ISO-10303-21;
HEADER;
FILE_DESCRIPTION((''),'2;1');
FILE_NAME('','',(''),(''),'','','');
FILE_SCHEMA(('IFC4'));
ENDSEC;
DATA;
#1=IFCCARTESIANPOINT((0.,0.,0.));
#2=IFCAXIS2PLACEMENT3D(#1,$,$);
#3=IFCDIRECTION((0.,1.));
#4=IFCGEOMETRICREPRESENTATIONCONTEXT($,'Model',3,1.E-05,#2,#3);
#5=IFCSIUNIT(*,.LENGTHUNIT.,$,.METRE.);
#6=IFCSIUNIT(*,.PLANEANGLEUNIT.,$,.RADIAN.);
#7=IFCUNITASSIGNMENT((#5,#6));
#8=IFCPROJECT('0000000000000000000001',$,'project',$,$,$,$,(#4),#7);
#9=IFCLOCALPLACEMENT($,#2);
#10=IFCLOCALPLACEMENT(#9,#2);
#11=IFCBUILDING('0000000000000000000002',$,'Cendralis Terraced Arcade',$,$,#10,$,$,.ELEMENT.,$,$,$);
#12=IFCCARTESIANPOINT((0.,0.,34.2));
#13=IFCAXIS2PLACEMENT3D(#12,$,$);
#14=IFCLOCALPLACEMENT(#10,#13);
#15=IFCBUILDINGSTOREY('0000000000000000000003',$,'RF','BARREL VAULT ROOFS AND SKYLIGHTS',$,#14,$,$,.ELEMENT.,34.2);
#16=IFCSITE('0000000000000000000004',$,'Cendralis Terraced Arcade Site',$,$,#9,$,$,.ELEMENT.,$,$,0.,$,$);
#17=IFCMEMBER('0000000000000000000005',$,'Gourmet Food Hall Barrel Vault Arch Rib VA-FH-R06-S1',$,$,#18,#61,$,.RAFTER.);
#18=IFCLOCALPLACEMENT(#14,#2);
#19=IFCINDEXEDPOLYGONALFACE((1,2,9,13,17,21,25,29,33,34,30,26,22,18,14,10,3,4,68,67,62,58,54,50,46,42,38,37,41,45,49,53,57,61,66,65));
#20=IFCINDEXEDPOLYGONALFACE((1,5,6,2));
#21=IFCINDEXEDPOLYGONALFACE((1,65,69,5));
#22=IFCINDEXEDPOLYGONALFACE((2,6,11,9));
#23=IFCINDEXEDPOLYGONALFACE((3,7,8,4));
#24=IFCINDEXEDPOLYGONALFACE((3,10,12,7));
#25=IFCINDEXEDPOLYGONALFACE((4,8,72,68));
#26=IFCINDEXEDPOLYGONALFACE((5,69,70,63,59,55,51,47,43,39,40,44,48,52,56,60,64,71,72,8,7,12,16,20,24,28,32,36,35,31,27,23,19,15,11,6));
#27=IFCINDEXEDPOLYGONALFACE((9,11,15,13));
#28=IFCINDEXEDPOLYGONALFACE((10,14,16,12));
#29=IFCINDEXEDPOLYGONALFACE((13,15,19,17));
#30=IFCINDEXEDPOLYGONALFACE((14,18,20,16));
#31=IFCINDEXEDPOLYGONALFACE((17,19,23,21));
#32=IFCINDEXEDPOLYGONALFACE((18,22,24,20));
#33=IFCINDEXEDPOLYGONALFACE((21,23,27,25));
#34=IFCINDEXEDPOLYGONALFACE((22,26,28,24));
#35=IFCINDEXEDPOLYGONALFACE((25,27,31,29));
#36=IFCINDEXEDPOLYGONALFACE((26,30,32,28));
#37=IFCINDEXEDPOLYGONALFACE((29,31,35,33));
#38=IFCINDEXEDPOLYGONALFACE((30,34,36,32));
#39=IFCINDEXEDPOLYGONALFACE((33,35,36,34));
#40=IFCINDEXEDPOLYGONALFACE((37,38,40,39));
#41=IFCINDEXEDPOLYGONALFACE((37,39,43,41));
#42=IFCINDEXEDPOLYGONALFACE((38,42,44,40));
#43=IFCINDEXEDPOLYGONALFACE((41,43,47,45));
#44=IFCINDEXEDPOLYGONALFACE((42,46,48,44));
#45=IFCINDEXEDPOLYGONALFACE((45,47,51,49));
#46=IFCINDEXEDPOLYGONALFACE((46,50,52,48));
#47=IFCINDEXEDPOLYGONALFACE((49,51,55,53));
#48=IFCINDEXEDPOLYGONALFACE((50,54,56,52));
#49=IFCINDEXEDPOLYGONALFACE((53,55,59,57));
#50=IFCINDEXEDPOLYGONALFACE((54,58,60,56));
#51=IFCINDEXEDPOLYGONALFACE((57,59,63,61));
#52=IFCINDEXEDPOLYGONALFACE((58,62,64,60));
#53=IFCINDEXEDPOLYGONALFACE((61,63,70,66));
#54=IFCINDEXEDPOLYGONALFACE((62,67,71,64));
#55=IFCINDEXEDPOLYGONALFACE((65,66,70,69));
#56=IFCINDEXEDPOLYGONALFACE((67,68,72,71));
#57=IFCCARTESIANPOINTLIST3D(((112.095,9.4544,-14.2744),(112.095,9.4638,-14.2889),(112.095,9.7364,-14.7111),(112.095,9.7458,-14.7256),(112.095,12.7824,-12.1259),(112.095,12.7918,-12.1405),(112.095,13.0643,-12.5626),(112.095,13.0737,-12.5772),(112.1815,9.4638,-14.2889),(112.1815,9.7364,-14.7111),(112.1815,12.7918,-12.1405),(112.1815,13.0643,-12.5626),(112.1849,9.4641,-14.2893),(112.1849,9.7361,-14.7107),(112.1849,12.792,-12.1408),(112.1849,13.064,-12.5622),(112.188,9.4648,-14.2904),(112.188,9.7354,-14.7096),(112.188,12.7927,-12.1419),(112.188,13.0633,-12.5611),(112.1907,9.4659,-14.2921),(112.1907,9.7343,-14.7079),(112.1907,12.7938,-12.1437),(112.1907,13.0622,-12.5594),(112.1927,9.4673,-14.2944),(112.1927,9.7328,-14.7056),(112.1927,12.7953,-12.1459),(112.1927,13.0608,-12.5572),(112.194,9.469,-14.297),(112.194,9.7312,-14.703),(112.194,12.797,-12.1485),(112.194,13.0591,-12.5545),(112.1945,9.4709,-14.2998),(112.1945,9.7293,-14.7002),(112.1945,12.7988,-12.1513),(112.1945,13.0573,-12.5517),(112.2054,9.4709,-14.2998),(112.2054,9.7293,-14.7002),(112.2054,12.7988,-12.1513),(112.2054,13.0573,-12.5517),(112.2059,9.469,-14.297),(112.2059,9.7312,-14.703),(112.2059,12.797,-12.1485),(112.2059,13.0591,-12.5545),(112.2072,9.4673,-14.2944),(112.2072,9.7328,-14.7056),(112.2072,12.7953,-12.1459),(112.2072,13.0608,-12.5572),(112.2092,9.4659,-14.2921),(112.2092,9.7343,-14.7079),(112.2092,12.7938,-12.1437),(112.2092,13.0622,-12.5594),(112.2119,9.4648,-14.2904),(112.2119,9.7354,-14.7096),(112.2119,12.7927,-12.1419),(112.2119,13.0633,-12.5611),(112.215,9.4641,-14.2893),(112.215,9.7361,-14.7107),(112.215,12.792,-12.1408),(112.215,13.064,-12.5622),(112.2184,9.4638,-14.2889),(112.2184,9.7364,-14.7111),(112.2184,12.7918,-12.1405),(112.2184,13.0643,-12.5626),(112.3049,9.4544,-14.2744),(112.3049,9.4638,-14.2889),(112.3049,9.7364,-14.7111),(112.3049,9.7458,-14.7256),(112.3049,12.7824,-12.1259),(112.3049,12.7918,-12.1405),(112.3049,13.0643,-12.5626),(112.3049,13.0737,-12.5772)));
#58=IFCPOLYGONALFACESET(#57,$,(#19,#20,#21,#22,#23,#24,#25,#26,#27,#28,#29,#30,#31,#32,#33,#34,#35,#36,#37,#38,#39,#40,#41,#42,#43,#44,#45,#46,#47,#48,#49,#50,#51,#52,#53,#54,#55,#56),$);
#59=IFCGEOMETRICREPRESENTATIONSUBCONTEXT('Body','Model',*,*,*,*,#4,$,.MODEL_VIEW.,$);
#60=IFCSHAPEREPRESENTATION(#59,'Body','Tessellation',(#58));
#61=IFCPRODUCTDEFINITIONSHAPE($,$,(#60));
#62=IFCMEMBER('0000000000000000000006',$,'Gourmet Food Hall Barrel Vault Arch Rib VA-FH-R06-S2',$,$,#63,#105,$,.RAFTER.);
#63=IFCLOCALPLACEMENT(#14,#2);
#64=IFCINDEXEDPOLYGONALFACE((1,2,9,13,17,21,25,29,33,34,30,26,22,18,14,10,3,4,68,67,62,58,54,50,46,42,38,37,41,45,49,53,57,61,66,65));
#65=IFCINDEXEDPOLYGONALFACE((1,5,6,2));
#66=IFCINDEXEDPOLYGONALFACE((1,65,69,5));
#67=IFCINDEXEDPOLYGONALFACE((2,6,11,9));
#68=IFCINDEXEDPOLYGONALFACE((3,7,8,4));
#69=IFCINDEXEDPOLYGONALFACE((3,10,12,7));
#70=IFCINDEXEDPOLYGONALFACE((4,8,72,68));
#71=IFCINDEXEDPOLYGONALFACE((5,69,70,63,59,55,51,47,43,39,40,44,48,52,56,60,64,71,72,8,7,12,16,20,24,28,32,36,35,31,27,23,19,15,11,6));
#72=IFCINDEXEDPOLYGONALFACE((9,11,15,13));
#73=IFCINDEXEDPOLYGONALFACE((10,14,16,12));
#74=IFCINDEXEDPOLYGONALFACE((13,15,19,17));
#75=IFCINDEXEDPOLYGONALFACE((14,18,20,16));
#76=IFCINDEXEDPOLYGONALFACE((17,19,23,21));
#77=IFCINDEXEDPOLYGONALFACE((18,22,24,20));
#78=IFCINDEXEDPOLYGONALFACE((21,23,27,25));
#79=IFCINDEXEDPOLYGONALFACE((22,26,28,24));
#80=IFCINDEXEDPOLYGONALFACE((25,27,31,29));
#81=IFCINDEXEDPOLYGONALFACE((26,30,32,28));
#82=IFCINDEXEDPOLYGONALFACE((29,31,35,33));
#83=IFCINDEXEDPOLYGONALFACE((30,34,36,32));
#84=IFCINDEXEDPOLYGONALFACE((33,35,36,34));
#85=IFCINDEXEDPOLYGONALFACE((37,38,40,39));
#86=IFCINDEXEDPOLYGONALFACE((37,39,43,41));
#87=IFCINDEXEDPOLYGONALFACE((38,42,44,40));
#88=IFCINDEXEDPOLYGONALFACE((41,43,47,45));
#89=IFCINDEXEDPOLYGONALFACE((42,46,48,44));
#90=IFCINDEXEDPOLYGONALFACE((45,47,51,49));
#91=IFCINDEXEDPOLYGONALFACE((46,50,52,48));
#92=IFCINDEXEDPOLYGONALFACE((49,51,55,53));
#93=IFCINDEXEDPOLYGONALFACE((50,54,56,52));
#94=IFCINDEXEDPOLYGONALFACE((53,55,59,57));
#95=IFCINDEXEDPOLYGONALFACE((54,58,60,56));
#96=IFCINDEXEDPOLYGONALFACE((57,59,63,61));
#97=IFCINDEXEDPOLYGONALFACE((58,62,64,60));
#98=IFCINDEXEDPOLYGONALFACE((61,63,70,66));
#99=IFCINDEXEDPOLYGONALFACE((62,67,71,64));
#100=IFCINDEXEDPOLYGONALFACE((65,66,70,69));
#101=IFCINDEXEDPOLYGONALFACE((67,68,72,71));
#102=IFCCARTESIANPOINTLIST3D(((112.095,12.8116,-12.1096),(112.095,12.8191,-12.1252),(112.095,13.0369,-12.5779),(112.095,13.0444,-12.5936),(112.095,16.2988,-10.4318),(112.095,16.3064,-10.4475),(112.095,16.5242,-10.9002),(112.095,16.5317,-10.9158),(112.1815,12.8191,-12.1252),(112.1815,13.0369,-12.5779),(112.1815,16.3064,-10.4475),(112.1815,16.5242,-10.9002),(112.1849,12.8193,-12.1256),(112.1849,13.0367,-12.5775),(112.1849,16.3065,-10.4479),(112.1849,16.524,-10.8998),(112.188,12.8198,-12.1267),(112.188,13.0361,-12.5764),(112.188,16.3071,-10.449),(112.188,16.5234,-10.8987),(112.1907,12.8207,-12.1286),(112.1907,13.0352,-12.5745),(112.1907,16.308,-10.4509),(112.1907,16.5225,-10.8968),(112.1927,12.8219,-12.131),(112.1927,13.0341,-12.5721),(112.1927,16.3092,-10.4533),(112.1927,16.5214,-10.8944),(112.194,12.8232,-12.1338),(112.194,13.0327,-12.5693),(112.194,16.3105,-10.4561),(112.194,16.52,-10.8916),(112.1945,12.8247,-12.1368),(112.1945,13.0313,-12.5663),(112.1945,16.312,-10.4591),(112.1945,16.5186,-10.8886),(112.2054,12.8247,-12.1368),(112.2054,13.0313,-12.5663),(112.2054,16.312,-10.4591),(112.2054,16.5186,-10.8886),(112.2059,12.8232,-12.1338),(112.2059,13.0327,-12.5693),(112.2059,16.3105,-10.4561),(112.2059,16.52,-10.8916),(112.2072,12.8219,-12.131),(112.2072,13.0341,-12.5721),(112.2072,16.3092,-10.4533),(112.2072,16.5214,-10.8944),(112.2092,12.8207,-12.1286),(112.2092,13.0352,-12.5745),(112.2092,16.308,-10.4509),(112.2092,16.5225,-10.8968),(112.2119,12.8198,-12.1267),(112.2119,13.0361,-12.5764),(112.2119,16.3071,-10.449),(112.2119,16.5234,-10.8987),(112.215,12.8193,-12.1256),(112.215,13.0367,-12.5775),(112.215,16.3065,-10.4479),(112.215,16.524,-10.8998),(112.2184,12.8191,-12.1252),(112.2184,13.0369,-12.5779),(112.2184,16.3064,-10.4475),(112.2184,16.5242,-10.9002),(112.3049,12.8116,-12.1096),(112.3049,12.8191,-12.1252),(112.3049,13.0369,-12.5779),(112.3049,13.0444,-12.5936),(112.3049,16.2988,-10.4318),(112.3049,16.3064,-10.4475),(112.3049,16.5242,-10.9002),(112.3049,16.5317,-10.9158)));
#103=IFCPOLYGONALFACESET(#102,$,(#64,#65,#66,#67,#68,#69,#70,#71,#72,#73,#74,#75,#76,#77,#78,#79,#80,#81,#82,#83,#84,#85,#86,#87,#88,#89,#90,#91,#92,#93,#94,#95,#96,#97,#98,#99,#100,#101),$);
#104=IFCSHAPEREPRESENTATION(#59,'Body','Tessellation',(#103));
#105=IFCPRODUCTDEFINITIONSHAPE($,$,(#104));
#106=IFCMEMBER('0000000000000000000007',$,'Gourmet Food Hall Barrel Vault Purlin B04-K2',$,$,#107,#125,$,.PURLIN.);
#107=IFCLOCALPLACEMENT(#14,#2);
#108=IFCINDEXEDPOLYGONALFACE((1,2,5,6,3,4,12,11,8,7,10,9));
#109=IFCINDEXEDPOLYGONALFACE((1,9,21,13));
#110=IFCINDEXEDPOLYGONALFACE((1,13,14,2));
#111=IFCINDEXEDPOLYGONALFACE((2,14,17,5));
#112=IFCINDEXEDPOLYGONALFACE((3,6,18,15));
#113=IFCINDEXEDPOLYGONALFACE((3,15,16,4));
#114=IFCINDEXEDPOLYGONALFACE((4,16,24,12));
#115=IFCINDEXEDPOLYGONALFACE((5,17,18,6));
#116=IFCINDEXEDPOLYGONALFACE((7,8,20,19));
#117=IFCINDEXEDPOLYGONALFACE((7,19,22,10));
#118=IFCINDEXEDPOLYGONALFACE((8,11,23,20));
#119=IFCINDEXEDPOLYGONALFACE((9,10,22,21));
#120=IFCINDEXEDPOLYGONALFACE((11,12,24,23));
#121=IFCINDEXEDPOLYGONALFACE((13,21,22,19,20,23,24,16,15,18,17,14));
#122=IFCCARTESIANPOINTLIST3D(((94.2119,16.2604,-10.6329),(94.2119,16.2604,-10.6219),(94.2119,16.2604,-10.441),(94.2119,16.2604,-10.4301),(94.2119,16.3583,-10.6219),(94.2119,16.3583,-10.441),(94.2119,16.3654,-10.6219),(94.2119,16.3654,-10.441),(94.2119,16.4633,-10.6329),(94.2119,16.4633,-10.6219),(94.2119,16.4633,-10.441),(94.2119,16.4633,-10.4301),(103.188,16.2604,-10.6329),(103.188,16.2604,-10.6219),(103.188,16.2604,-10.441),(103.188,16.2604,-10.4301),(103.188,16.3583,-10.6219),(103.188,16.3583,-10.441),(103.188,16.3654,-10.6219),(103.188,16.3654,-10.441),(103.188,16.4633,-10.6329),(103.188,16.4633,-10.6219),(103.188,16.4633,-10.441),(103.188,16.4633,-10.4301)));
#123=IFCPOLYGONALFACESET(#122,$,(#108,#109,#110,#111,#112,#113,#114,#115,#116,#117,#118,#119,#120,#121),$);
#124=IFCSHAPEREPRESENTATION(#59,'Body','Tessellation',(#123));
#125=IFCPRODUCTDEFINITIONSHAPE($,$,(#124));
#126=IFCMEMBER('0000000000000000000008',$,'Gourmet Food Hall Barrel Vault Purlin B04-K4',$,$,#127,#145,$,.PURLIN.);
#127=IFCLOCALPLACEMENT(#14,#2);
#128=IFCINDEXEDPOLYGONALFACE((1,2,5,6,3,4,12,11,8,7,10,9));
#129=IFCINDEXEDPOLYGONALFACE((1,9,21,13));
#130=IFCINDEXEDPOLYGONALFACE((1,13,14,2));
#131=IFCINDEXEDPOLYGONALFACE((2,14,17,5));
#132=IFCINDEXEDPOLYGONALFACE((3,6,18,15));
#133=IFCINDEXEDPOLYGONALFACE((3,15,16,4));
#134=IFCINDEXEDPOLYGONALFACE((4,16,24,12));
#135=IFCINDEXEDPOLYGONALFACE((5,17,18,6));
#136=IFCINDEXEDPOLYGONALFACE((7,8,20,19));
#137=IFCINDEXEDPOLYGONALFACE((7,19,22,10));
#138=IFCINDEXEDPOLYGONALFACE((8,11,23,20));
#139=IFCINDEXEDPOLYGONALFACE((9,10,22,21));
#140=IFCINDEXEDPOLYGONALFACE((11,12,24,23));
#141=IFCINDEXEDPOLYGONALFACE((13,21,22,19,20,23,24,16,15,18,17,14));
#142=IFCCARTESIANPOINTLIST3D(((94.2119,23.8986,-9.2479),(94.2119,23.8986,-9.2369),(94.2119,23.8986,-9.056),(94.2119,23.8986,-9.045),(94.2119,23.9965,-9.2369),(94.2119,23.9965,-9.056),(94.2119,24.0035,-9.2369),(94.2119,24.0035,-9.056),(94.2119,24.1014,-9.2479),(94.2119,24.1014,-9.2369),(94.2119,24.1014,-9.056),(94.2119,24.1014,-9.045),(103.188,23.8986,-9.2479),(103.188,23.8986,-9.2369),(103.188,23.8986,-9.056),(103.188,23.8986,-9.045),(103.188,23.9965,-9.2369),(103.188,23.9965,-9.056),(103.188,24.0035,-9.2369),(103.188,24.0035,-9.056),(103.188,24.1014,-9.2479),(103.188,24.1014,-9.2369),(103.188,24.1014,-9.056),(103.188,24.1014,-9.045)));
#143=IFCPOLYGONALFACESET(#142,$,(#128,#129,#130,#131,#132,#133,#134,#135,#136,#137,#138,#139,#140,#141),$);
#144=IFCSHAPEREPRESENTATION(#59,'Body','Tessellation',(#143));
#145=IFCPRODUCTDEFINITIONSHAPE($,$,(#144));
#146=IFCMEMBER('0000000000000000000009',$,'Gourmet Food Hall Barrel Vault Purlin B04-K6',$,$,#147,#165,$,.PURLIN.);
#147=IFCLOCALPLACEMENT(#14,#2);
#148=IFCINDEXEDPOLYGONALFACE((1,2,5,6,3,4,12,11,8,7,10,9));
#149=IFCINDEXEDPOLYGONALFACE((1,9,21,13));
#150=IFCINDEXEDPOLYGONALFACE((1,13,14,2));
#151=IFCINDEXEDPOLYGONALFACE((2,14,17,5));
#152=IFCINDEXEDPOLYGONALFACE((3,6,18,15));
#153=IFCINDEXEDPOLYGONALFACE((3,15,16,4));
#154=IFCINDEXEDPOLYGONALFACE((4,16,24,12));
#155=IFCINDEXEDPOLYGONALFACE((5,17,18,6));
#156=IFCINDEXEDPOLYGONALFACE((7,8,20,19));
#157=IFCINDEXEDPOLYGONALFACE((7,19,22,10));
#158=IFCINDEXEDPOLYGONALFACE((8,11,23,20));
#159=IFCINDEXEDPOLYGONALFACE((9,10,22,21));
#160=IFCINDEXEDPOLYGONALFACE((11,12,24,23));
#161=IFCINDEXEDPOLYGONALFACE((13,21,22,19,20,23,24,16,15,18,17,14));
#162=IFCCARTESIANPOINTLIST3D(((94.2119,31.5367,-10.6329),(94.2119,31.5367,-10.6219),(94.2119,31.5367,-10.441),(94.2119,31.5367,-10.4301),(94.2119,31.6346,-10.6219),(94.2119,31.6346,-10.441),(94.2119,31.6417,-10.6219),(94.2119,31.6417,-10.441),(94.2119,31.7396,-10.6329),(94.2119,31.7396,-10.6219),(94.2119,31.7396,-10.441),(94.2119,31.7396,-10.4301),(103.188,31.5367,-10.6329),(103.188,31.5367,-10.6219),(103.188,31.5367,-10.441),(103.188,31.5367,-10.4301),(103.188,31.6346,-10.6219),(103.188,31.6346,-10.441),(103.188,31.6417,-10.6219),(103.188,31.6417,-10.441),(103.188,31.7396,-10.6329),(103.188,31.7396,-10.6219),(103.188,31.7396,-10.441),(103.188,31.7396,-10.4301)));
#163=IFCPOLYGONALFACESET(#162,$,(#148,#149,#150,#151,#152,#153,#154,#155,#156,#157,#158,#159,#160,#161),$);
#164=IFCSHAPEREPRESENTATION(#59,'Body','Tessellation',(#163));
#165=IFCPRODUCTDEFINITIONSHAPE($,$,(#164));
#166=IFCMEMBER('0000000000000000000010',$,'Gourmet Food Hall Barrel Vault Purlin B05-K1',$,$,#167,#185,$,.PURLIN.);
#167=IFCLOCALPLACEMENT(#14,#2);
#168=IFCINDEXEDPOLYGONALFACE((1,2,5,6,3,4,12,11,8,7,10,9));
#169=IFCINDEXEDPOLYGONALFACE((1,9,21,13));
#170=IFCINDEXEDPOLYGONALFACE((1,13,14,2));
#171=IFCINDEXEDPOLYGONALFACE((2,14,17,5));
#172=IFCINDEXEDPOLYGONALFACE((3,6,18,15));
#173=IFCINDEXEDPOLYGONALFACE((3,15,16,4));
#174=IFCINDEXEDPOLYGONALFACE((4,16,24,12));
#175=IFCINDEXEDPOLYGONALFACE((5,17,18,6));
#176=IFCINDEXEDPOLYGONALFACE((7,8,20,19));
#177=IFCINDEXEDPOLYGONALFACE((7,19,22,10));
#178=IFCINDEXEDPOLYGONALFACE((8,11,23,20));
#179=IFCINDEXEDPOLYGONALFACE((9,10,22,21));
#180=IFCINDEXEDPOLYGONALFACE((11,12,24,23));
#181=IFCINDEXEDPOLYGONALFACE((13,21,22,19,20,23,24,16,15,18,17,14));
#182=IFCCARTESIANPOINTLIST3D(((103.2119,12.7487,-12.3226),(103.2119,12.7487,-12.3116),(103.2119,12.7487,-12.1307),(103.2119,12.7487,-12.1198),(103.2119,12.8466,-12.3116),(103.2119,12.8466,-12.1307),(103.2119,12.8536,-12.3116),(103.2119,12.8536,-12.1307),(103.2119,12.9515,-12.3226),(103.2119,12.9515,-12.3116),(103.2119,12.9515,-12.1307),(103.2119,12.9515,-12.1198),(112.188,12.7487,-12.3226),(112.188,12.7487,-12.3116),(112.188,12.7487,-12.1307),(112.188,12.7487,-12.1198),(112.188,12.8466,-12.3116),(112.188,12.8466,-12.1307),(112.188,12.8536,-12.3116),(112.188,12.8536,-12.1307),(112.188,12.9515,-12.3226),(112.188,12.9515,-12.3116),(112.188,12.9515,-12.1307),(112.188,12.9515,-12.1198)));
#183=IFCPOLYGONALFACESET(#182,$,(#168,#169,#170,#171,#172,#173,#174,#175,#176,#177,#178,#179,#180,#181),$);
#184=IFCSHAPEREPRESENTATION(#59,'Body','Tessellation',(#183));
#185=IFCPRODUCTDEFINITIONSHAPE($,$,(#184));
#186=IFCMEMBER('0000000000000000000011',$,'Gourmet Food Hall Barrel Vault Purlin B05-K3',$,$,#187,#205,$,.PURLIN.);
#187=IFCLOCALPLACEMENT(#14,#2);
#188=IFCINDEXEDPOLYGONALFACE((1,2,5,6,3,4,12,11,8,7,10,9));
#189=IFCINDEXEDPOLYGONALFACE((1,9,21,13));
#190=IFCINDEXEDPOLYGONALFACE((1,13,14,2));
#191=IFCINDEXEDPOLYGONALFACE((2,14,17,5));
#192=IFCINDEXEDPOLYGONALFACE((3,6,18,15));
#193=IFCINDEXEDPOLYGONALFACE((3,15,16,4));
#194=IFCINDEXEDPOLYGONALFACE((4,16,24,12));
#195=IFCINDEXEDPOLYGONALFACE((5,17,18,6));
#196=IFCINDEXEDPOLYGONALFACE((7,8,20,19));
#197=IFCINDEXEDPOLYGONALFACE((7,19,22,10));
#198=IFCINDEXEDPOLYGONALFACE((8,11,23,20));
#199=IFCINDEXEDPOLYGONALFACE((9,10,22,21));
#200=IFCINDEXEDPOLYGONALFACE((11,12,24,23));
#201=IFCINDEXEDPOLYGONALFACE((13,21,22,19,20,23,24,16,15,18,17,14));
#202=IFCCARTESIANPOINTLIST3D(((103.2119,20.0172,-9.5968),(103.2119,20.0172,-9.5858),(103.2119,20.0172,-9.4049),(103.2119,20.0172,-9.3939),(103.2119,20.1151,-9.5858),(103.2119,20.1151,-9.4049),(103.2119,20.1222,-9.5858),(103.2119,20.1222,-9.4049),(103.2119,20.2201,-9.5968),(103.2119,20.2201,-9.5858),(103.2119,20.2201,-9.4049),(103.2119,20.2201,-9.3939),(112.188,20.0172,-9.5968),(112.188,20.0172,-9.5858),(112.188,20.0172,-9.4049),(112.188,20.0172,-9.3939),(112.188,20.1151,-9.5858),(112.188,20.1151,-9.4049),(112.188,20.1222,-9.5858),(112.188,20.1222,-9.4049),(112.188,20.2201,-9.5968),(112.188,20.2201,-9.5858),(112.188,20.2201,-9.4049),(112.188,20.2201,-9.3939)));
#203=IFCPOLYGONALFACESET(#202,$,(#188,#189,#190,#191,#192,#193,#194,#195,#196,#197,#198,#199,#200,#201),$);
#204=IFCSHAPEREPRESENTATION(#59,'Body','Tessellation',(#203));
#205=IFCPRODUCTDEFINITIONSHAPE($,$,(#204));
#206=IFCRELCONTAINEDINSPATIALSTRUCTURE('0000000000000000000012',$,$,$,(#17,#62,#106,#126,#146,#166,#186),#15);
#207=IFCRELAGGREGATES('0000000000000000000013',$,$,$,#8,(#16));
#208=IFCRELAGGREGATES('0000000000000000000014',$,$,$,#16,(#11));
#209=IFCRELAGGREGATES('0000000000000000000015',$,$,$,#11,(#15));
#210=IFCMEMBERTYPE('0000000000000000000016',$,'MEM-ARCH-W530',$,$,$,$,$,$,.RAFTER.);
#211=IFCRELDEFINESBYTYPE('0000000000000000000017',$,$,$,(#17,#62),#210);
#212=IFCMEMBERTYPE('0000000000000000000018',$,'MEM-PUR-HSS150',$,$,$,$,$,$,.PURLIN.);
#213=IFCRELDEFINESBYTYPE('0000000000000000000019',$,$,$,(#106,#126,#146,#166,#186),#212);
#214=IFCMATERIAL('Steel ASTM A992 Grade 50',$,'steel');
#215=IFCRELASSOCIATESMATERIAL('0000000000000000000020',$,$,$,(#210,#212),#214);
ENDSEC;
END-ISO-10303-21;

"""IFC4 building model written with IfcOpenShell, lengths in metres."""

from ifc_helpers import new_model, si_unit, direction, frame, origin, origin_2d, place, context, subcontext, project, spatial, i_section, extrude, material, material_profile, profile_set, type_object, element, save


model = new_model("IFC4")

# Units and contexts
model_context = context("Model", 3, precision=1e-05, world=origin(), true_north=direction((0.0, 1.0)))
body_context = subcontext(model_context, "Body", "Model", "MODEL_VIEW")
ifc_project = project(units=[si_unit("LENGTHUNIT", "METRE"), si_unit("PLANEANGLEUNIT", "RADIAN")], contexts=[model_context])

# Site, building, storey
site_placement = place(None, origin())
site = spatial("IfcSite", under=ifc_project, at=site_placement, Name="Cendralis Terraced Arcade Site", CompositionType="ELEMENT", RefElevation=0.0)
building_placement = place(site_placement, origin())
building = spatial("IfcBuilding", under=site, at=building_placement, Name="Cendralis Terraced Arcade", CompositionType="ELEMENT")
storey_placement = place(building_placement, frame((0.0, 0.0, 34.2)))
storey = spatial("IfcBuildingStorey", under=building, at=storey_placement, Name="RF", Description="BARREL VAULT ROOFS AND SKYLIGHTS", CompositionType="ELEMENT", Elevation=34.2)

# Members
ifc_material_1 = material(Name="Steel ASTM A992 Grade 50", Category="steel")
ifc_material_profile_1 = material_profile(ifc_material_1, i_section(OverallWidth=0.21, OverallDepth=0.5371, WebThickness=0.011, FlangeThickness=0.0173, FilletRadius=0.0129, at=origin_2d()), Name="W530X101", Category="LoadBearing")
ifc_profile_set_1 = profile_set([ifc_material_profile_1], Name="Steel ASTM A992 Grade 50")
member_type_1 = type_object("IfcMemberType", Name="MEM-ARCH-W530", PredefinedType="RAFTER", material=ifc_profile_set_1)
for number, where, z_axis, x_axis, name in (
    (1, (112.2, 9.6001, -14.5), (0.0, 0.840134, 0.54238), (-1.0, 0.0, 0.0), "Gourmet Food Hall Barrel Vault Arch Rib VA-FH-R06-S1"),
):
    element("IfcMember", number, at=place(storey_placement, frame(where, z_axis=z_axis, x_axis=x_axis)), inside=storey, type_object=member_type_1, Name=name, PredefinedType="RAFTER", context=body_context, shape_type="SweptSolid", body=[
        extrude(i_section(OverallWidth=0.21, OverallDepth=0.5371, WebThickness=0.011, FlangeThickness=0.0173, FilletRadius=0.0129, at=origin_2d()), origin(), (0.0, 0.0, 1.0), 3.9612),
    ])
member_1_placement = place(storey_placement, frame((112.2, 12.928, -12.3516), z_axis=(0.0, 0.901137, 0.433535), x_axis=(-1.0, 0.0, 0.0)))
element("IfcMember", 2, at=member_1_placement, inside=storey, type_object=member_type_1, Name="Gourmet Food Hall Barrel Vault Arch Rib VA-FH-R06-S2", PredefinedType="RAFTER", context=body_context, shape_type="SweptSolid", body=[
    extrude(i_section(OverallWidth=0.21, OverallDepth=0.5371, WebThickness=0.011, FlangeThickness=0.0173, FilletRadius=0.0129, at=origin_2d()), origin(), (0.0, 0.0, 1.0), 3.8699),
])
ifc_material_profile_2 = material_profile(ifc_material_1, i_section(OverallWidth=0.2029, OverallDepth=0.2029, WebThickness=0.0071, FlangeThickness=0.011, at=origin_2d()), Name="W200X46.1", Category="LoadBearing")
ifc_profile_set_2 = profile_set([ifc_material_profile_2], Name="Steel ASTM A992 Grade 50")
member_type_2 = type_object("IfcMemberType", Name="MEM-PUR-HSS150", PredefinedType="PURLIN", material=ifc_profile_set_2)
for number, where, z_axis, x_axis, name in (
    (3, (94.2119, 16.3618, -10.5315), (1.0, 0.0, 0.0), (0.0, 1.0, 0.0), "Gourmet Food Hall Barrel Vault Purlin B04-K2"),
    (4, (94.2119, 24.0, -9.1465), (1.0, 0.0, 0.0), (0.0, 1.0, 0.0), "Gourmet Food Hall Barrel Vault Purlin B04-K4"),
    (5, (94.2119, 31.6382, -10.5315), (1.0, 0.0, 0.0), (0.0, 1.0, 0.0), "Gourmet Food Hall Barrel Vault Purlin B04-K6"),
    (6, (103.2119, 12.8501, -12.2212), (1.0, 0.0, 0.0), (0.0, 1.0, 0.0), "Gourmet Food Hall Barrel Vault Purlin B05-K1"),
    (7, (103.2119, 20.1187, -9.4954), (1.0, 0.0, 0.0), (0.0, 1.0, 0.0), "Gourmet Food Hall Barrel Vault Purlin B05-K3"),
):
    element("IfcMember", number, at=place(storey_placement, frame(where, z_axis=z_axis, x_axis=x_axis)), inside=storey, type_object=member_type_2, Name=name, PredefinedType="PURLIN", context=body_context, shape_type="SweptSolid", body=[
        extrude(i_section(OverallWidth=0.2029, OverallDepth=0.2029, WebThickness=0.0071, FlangeThickness=0.011, at=origin_2d()), origin(), (0.0, 0.0, 1.0), 8.9761),
    ])

save(model, "model.ifc")
